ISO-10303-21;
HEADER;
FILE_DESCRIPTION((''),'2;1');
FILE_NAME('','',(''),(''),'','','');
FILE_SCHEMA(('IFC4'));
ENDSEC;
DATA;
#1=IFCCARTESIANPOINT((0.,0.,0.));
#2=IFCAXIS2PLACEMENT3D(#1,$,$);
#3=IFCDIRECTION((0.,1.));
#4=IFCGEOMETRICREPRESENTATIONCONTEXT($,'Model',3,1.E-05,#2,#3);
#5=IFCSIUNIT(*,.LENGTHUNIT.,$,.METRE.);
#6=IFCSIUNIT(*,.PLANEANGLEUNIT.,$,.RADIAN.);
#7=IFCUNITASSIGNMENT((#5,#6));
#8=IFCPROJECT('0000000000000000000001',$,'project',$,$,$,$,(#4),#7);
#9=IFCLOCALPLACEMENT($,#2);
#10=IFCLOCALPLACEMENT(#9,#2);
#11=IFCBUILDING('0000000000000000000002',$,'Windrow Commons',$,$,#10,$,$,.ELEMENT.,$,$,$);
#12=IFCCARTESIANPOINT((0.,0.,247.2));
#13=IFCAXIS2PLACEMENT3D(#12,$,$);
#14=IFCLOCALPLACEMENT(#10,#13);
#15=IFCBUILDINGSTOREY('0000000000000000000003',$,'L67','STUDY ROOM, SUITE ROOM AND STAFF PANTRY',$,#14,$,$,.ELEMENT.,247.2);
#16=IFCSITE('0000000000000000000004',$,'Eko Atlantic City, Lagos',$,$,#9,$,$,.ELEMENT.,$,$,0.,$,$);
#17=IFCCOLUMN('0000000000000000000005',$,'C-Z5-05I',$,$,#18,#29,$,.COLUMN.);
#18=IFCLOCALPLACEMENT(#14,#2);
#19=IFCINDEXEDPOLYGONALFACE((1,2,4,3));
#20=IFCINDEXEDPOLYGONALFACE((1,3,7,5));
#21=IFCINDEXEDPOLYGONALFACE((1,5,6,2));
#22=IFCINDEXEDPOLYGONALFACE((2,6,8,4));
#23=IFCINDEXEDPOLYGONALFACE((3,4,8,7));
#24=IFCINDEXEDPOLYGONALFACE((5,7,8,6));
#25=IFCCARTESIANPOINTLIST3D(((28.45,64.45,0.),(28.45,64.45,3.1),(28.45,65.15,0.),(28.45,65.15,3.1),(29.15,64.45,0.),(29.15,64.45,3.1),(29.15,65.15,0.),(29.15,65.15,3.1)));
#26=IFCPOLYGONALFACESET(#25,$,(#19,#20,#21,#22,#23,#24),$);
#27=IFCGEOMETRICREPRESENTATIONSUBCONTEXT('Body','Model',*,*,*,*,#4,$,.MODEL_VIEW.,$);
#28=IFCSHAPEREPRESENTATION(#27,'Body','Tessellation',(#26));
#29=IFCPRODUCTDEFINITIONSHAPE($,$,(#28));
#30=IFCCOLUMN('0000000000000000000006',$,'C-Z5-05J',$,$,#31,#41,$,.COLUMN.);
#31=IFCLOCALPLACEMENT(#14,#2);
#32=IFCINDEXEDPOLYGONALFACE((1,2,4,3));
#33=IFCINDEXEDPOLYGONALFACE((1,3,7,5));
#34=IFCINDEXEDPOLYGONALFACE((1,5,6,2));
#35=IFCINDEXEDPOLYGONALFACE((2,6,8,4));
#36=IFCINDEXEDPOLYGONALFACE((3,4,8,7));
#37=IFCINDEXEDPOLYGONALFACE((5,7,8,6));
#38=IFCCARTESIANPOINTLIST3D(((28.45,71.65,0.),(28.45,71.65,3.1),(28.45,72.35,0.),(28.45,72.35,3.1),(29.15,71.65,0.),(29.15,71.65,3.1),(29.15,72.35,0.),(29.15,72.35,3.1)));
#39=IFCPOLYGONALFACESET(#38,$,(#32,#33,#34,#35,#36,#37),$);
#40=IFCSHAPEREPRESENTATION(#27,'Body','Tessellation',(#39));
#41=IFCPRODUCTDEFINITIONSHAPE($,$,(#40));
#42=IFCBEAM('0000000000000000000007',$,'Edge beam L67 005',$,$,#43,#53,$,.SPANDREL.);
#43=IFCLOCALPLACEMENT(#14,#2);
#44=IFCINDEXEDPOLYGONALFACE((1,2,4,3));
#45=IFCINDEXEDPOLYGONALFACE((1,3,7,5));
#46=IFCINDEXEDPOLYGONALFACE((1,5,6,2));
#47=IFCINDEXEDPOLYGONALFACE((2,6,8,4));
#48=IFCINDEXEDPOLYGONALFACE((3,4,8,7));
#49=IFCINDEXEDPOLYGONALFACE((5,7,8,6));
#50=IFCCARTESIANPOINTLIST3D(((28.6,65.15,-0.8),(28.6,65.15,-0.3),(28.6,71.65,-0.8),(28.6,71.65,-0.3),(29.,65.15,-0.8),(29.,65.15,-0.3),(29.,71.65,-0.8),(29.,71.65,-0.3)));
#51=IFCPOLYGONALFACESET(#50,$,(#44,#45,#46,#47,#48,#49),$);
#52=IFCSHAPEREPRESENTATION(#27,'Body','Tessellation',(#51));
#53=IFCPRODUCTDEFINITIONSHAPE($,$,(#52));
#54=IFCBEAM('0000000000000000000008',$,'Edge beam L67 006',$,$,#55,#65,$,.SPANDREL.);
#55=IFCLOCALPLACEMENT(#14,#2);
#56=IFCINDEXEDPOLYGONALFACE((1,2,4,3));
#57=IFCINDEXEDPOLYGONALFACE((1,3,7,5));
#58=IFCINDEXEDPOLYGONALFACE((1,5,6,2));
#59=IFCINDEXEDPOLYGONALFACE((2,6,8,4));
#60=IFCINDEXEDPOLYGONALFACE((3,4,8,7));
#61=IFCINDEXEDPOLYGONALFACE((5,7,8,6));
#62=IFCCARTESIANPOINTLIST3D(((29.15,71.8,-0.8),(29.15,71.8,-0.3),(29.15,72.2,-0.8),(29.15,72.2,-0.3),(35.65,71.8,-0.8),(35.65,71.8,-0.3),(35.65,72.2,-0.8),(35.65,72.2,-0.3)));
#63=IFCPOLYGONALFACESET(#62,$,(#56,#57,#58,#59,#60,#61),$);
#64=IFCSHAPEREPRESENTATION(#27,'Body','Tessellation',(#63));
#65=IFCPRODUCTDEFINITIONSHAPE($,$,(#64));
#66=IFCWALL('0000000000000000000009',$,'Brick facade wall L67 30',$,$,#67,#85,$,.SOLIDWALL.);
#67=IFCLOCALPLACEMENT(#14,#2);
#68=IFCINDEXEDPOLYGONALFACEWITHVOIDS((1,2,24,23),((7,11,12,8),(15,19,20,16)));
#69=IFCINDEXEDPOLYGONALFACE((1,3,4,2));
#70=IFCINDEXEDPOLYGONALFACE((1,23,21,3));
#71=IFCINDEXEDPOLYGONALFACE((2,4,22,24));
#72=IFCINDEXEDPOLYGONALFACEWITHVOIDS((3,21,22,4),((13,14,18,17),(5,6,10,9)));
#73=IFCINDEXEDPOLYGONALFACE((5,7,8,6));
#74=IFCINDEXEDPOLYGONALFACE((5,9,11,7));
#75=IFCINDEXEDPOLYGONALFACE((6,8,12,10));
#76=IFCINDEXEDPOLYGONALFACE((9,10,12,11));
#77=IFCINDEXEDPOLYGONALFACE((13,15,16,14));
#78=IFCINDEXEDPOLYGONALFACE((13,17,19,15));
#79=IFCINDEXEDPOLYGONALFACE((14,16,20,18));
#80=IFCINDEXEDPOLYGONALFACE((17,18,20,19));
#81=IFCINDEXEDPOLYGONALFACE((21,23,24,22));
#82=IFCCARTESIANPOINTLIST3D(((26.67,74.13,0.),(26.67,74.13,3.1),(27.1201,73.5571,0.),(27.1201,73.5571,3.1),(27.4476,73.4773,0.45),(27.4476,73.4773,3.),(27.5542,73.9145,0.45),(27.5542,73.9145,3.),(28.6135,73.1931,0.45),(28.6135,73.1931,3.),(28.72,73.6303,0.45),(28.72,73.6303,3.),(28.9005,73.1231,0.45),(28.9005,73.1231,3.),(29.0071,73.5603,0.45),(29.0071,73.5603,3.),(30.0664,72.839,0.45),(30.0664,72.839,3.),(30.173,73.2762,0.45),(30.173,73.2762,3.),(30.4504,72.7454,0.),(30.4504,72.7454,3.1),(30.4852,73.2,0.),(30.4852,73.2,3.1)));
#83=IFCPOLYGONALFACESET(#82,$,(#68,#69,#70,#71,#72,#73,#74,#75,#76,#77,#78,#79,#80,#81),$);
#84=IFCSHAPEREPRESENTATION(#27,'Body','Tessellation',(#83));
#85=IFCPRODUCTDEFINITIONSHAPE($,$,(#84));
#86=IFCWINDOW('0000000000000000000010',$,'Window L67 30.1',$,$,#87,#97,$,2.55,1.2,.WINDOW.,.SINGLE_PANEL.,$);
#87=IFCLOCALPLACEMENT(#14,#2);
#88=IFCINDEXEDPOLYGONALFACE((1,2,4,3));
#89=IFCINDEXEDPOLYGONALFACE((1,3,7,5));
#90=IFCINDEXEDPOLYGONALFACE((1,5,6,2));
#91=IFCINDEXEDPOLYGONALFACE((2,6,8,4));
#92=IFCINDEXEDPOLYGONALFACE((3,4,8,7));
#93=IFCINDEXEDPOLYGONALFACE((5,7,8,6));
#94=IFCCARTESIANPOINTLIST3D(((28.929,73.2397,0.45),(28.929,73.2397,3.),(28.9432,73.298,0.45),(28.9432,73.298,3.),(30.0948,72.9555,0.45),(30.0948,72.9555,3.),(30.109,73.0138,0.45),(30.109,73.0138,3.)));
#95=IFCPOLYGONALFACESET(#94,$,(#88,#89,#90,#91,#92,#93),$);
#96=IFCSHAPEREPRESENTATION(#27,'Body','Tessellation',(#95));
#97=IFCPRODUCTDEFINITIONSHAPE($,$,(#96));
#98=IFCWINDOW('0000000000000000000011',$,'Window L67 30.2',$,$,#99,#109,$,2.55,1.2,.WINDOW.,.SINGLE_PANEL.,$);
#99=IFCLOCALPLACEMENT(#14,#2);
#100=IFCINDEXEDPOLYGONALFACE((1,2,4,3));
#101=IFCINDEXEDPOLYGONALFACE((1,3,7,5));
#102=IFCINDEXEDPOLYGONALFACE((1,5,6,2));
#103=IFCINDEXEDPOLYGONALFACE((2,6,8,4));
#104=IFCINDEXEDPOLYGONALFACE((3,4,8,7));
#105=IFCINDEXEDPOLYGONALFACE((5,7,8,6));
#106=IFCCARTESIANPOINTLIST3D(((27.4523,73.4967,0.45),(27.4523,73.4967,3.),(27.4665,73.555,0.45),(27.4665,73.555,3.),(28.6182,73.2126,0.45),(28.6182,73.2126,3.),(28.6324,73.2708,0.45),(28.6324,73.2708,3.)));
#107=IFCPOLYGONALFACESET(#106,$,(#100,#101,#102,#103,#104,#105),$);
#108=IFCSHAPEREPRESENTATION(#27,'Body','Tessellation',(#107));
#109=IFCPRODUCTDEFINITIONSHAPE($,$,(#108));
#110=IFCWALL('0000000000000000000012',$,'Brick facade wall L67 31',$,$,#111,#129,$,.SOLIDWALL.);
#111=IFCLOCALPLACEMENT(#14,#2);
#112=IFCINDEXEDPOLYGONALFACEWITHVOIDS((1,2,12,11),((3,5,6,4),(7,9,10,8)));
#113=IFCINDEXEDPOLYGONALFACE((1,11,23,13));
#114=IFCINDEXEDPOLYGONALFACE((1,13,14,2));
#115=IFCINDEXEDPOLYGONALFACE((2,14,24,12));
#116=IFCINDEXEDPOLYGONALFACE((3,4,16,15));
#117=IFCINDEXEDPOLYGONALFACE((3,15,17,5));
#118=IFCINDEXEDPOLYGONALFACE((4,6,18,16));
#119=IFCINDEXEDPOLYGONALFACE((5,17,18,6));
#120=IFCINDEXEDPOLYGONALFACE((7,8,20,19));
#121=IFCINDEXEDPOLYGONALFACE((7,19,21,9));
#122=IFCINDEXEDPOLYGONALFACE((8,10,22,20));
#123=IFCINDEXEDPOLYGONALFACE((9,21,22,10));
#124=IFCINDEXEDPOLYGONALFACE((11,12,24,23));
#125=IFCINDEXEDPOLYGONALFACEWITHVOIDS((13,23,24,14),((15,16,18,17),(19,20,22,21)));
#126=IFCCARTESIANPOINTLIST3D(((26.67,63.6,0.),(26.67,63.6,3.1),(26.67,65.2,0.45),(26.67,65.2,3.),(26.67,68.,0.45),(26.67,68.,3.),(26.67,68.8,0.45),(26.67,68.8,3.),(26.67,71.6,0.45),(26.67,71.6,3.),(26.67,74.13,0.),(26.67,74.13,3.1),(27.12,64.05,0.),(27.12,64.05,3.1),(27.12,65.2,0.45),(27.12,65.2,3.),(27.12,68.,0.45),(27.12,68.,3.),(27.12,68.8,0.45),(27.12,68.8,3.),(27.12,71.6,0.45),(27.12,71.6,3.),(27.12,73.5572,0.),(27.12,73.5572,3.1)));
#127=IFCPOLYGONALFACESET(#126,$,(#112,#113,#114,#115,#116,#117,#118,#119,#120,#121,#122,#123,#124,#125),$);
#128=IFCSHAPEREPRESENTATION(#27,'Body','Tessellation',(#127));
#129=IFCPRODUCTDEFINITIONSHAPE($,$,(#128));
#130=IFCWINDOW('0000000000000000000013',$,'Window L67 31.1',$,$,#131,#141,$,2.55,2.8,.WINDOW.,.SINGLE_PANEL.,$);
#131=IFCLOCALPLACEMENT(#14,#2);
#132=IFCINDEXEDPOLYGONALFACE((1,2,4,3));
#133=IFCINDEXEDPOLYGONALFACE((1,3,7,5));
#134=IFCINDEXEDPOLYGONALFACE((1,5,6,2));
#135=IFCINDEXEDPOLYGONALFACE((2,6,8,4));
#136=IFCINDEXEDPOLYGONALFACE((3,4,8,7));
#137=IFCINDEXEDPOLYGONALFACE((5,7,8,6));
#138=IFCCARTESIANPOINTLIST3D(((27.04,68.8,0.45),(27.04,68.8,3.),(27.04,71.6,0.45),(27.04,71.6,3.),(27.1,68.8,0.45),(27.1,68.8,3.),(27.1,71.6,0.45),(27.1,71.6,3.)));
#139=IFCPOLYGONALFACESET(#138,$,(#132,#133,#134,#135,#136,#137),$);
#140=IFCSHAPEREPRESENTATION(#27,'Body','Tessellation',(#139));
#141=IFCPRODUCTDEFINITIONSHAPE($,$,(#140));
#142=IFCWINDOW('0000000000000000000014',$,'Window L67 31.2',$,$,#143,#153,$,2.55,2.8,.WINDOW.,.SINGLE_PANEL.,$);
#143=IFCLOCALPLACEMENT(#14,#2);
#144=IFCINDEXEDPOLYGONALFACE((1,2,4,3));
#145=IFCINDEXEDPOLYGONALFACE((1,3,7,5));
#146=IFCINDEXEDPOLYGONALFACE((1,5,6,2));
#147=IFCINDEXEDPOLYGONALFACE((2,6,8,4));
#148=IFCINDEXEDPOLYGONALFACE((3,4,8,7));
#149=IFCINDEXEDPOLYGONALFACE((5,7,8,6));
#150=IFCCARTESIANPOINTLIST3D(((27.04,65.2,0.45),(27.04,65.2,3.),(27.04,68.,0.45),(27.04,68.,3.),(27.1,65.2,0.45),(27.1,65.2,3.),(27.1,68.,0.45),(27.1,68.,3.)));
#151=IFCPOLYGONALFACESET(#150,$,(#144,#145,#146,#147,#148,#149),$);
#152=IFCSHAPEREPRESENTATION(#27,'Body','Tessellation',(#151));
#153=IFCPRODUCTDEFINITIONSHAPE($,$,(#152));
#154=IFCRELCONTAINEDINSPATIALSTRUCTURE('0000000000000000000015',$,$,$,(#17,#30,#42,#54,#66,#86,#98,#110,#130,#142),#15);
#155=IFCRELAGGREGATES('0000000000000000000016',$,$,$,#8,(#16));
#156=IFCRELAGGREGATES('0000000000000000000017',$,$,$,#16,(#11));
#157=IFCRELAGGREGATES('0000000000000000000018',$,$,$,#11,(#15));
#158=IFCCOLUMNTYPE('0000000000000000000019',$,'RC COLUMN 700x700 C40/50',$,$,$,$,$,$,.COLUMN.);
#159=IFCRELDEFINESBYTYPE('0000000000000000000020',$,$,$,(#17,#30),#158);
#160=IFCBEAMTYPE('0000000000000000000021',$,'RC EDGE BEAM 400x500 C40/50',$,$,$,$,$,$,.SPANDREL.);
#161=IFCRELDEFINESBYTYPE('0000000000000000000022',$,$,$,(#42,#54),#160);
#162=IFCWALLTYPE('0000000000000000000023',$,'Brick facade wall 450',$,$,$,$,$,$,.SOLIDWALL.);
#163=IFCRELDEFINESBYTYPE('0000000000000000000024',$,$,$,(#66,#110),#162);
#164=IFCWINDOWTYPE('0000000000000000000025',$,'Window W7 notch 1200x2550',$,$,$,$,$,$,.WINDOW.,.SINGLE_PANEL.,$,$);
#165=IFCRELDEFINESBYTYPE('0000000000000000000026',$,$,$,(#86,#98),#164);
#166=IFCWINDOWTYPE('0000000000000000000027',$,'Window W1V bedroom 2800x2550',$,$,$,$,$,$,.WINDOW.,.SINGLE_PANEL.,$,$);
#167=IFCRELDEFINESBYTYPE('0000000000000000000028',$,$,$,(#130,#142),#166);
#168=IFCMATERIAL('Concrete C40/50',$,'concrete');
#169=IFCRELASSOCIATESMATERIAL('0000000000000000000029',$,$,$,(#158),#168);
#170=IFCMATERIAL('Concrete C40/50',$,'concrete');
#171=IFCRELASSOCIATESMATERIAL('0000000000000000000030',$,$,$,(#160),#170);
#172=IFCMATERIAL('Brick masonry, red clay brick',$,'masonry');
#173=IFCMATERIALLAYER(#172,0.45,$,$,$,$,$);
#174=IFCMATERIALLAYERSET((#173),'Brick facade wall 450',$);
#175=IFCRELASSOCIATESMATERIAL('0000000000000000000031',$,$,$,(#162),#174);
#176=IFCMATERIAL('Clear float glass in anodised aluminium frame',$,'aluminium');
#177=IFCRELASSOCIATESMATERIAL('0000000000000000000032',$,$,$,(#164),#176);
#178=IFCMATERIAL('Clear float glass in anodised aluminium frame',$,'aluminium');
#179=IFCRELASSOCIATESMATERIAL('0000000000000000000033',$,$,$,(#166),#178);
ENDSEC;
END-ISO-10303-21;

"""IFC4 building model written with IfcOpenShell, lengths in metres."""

from ifc_helpers import new_model, si_unit, direction, frame, frame_2d, origin, origin_2d, place, context, subcontext, project, spatial, polyline, rectangle, outline, extrude, material, layer, layer_set, material_profile, profile_set, type_object, element, fill, save


model = new_model("IFC4")

# Units and contexts
model_context = context("Model", 3, precision=1e-05, world=origin(), true_north=direction((0.0, 1.0)))
body_context = subcontext(model_context, "Body", "Model", "MODEL_VIEW")
ifc_project = project(units=[si_unit("LENGTHUNIT", "METRE"), si_unit("PLANEANGLEUNIT", "RADIAN")], contexts=[model_context])

# Site, building, storey
site_placement = place(None, origin())
site = spatial("IfcSite", under=ifc_project, at=site_placement, Name="Eko Atlantic City, Lagos", CompositionType="ELEMENT", RefElevation=0.0)
building_placement = place(site_placement, origin())
building = spatial("IfcBuilding", under=site, at=building_placement, Name="Windrow Commons", CompositionType="ELEMENT")
storey_placement = place(building_placement, frame((0.0, 0.0, 247.2)))
storey = spatial("IfcBuildingStorey", under=building, at=storey_placement, Name="L67", Description="STUDY ROOM, SUITE ROOM AND STAFF PANTRY", CompositionType="ELEMENT", Elevation=247.2)

# Columns
ifc_material_1 = material(Name="Concrete C40/50", Category="concrete")
ifc_material_profile_1 = material_profile(ifc_material_1, rectangle(XDim=0.7, YDim=0.7, at=origin_2d()))
ifc_profile_set_1 = profile_set([ifc_material_profile_1], Name="Concrete C40/50")
column_type = type_object("IfcColumnType", Name="RC COLUMN 700x700 C40/50", PredefinedType="COLUMN", material=ifc_profile_set_1)
for number, where, z_axis, x_axis, name in (
    (1, (28.8, 64.8, 0.0), (0.0, 0.0, 1.0), (1.0, 0.0, 0.0), "C-Z5-05I"),
    (2, (28.8, 72.0, 0.0), (0.0, 0.0, 1.0), (1.0, 0.0, 0.0), "C-Z5-05J"),
):
    element("IfcColumn", number, at=place(storey_placement, frame(where, z_axis=z_axis, x_axis=x_axis)), inside=storey, type_object=column_type, Name=name, PredefinedType="COLUMN", context=body_context, shape_type="SweptSolid", body=[
        extrude(rectangle(XDim=0.7, YDim=0.7, at=origin_2d()), origin(), (0.0, 0.0, 1.0), 3.1),
    ])

# Beams
ifc_material_2 = material(Name="Concrete C40/50", Category="concrete")
ifc_material_profile_2 = material_profile(ifc_material_2, rectangle(XDim=0.4, YDim=0.5, at=origin_2d()))
ifc_profile_set_2 = profile_set([ifc_material_profile_2], Name="Concrete C40/50")
beam_type = type_object("IfcBeamType", Name="RC EDGE BEAM 400x500 C40/50", PredefinedType="SPANDREL", material=ifc_profile_set_2)
for number, where, z_axis, x_axis, name in (
    (3, (28.8, 65.15, -0.55), (0.0, 1.0, 0.0), (-1.0, 0.0, 0.0), "Edge beam L67 005"),
    (4, (29.15, 72.0, -0.55), (1.0, 0.0, 0.0), (0.0, 1.0, 0.0), "Edge beam L67 006"),
):
    element("IfcBeam", number, at=place(storey_placement, frame(where, z_axis=z_axis, x_axis=x_axis)), inside=storey, type_object=beam_type, Name=name, PredefinedType="SPANDREL", context=body_context, shape_type="SweptSolid", body=[
        extrude(rectangle(XDim=0.4, YDim=0.5, at=origin_2d()), origin(), (0.0, 0.0, 1.0), 6.5),
    ])

# Walls, openings, windows
ifc_material_3 = material(Name="Brick masonry, red clay brick", Category="masonry")
ifc_layer_1 = layer(ifc_material_3, 0.45)
ifc_layer_set_1 = layer_set([ifc_layer_1], Name="Brick facade wall 450")
wall_type_1 = type_object("IfcWallType", Name="Brick facade wall 450", PredefinedType="SOLIDWALL", material=ifc_layer_set_1)
wall_1_placement = place(storey_placement, frame((30.4678, 72.9727, 0.0), z_axis=(0.0, 0.0, 1.0), x_axis=(-0.971553, 0.236824, 0.0)))
wall_1 = element("IfcWall", 5, at=wall_1_placement, inside=storey, type_object=wall_type_1, Name="Brick facade wall L67 30", PredefinedType="SOLIDWALL", context=body_context, shape_type="SweptSolid", body=[
    extrude(outline(polyline([(0.0369, -0.225), (3.9638, -0.225), (3.3909, 0.225), (-0.0369, 0.225), (0.0369, -0.225)])), origin(), (0.0, 0.0, 1.0), 3.1),
])
opening_1_placement = place(wall_1_placement, frame((0.3583, 0.0, 0.45)))
opening_1 = element("IfcOpeningElement", 6, at=opening_1_placement, cuts=wall_1, PredefinedType="OPENING", context=body_context, shape_type="SweptSolid", body=[
    extrude(rectangle(XDim=1.2, YDim=2.55, at=frame_2d((0.6, 1.275))), frame((0.0, 0.235, 0.0), z_axis=(0.0, -1.0, 0.0), x_axis=(1.0, 0.0, 0.0)), (0.0, 0.0, 1.0), 0.47),
])
opening_2_placement = place(wall_1_placement, frame((1.8538, 0.0, 0.45)))
opening_2 = element("IfcOpeningElement", 7, at=opening_2_placement, cuts=wall_1, PredefinedType="OPENING", context=body_context, shape_type="SweptSolid", body=[
    extrude(rectangle(XDim=1.2, YDim=2.55, at=frame_2d((0.6, 1.275))), frame((0.0, 0.235, 0.0), z_axis=(0.0, -1.0, 0.0), x_axis=(1.0, 0.0, 0.0)), (0.0, 0.0, 1.0), 0.47),
])
ifc_material_4 = material(Name="Clear float glass in anodised aluminium frame", Category="aluminium")
window_type_1 = type_object("IfcWindowType", Name="Window W7 notch 1200x2550", PartitioningType="SINGLE_PANEL", PredefinedType="WINDOW", material=ifc_material_4)
window_1_placement = place(opening_1_placement, origin())
window_1 = element("IfcWindow", 8, at=window_1_placement, inside=storey, type_object=window_type_1, Name="Window L67 30.1", OverallHeight=2.55, OverallWidth=1.2, PartitioningType="SINGLE_PANEL", PredefinedType="WINDOW", context=body_context, shape_type="SweptSolid", body=[
    extrude(rectangle(XDim=1.2, YDim=2.55, at=frame_2d((0.6, 1.275))), frame((0.0, 0.105, 0.0), z_axis=(0.0, -1.0, 0.0), x_axis=(1.0, 0.0, 0.0)), (0.0, 0.0, 1.0), 0.06),
])
fill(opening_1, window_1)
window_2_placement = place(opening_2_placement, origin())
window_2 = element("IfcWindow", 9, at=window_2_placement, inside=storey, type_object=window_type_1, Name="Window L67 30.2", OverallHeight=2.55, OverallWidth=1.2, PartitioningType="SINGLE_PANEL", PredefinedType="WINDOW", context=body_context, shape_type="SweptSolid", body=[
    extrude(rectangle(XDim=1.2, YDim=2.55, at=frame_2d((0.6, 1.275))), frame((0.0, 0.205, 0.0), z_axis=(0.0, -1.0, 0.0), x_axis=(1.0, 0.0, 0.0)), (0.0, 0.0, 1.0), 0.06),
])
fill(opening_2, window_2)
wall_2_placement = place(storey_placement, frame((26.895, 73.8436, 0.0), z_axis=(0.0, 0.0, 1.0), x_axis=(0.0, -1.0, 0.0)))
wall_2 = element("IfcWall", 10, at=wall_2_placement, inside=storey, type_object=wall_type_1, Name="Brick facade wall L67 31", PredefinedType="SOLIDWALL", context=body_context, shape_type="SweptSolid", body=[
    extrude(outline(polyline([(-0.2864, -0.225), (10.2436, -0.225), (9.7936, 0.225), (0.2864, 0.225), (-0.2864, -0.225)])), origin(), (0.0, 0.0, 1.0), 3.1),
])
opening_3_placement = place(wall_2_placement, frame((2.2436, 0.0, 0.45)))
opening_3 = element("IfcOpeningElement", 11, at=opening_3_placement, cuts=wall_2, PredefinedType="OPENING", context=body_context, shape_type="SweptSolid", body=[
    extrude(rectangle(XDim=2.8, YDim=2.55, at=frame_2d((1.4, 1.275))), frame((0.0, 0.235, 0.0), z_axis=(0.0, -1.0, 0.0), x_axis=(1.0, 0.0, 0.0)), (0.0, 0.0, 1.0), 0.47),
])
opening_4_placement = place(wall_2_placement, frame((5.8436, 0.0, 0.45)))
opening_4 = element("IfcOpeningElement", 12, at=opening_4_placement, cuts=wall_2, PredefinedType="OPENING", context=body_context, shape_type="SweptSolid", body=[
    extrude(rectangle(XDim=2.8, YDim=2.55, at=frame_2d((1.4, 1.275))), frame((0.0, 0.235, 0.0), z_axis=(0.0, -1.0, 0.0), x_axis=(1.0, 0.0, 0.0)), (0.0, 0.0, 1.0), 0.47),
])
ifc_material_5 = material(Name="Clear float glass in anodised aluminium frame", Category="aluminium")
window_type_2 = type_object("IfcWindowType", Name="Window W1V bedroom 2800x2550", PartitioningType="SINGLE_PANEL", PredefinedType="WINDOW", material=ifc_material_5)
window_3_placement = place(opening_3_placement, origin())
window_3 = element("IfcWindow", 13, at=window_3_placement, inside=storey, type_object=window_type_2, Name="Window L67 31.1", OverallHeight=2.55, OverallWidth=2.8, PartitioningType="SINGLE_PANEL", PredefinedType="WINDOW", context=body_context, shape_type="SweptSolid", body=[
    extrude(rectangle(XDim=2.8, YDim=2.55, at=frame_2d((1.4, 1.275))), frame((0.0, 0.205, 0.0), z_axis=(0.0, -1.0, 0.0), x_axis=(1.0, 0.0, 0.0)), (0.0, 0.0, 1.0), 0.06),
])
fill(opening_3, window_3)
window_4_placement = place(opening_4_placement, origin())
window_4 = element("IfcWindow", 14, at=window_4_placement, inside=storey, type_object=window_type_2, Name="Window L67 31.2", OverallHeight=2.55, OverallWidth=2.8, PartitioningType="SINGLE_PANEL", PredefinedType="WINDOW", context=body_context, shape_type="SweptSolid", body=[
    extrude(rectangle(XDim=2.8, YDim=2.55, at=frame_2d((1.4, 1.275))), frame((0.0, 0.205, 0.0), z_axis=(0.0, -1.0, 0.0), x_axis=(1.0, 0.0, 0.0)), (0.0, 0.0, 1.0), 0.06),
])
fill(opening_4, window_4)

save(model, "model.ifc")
